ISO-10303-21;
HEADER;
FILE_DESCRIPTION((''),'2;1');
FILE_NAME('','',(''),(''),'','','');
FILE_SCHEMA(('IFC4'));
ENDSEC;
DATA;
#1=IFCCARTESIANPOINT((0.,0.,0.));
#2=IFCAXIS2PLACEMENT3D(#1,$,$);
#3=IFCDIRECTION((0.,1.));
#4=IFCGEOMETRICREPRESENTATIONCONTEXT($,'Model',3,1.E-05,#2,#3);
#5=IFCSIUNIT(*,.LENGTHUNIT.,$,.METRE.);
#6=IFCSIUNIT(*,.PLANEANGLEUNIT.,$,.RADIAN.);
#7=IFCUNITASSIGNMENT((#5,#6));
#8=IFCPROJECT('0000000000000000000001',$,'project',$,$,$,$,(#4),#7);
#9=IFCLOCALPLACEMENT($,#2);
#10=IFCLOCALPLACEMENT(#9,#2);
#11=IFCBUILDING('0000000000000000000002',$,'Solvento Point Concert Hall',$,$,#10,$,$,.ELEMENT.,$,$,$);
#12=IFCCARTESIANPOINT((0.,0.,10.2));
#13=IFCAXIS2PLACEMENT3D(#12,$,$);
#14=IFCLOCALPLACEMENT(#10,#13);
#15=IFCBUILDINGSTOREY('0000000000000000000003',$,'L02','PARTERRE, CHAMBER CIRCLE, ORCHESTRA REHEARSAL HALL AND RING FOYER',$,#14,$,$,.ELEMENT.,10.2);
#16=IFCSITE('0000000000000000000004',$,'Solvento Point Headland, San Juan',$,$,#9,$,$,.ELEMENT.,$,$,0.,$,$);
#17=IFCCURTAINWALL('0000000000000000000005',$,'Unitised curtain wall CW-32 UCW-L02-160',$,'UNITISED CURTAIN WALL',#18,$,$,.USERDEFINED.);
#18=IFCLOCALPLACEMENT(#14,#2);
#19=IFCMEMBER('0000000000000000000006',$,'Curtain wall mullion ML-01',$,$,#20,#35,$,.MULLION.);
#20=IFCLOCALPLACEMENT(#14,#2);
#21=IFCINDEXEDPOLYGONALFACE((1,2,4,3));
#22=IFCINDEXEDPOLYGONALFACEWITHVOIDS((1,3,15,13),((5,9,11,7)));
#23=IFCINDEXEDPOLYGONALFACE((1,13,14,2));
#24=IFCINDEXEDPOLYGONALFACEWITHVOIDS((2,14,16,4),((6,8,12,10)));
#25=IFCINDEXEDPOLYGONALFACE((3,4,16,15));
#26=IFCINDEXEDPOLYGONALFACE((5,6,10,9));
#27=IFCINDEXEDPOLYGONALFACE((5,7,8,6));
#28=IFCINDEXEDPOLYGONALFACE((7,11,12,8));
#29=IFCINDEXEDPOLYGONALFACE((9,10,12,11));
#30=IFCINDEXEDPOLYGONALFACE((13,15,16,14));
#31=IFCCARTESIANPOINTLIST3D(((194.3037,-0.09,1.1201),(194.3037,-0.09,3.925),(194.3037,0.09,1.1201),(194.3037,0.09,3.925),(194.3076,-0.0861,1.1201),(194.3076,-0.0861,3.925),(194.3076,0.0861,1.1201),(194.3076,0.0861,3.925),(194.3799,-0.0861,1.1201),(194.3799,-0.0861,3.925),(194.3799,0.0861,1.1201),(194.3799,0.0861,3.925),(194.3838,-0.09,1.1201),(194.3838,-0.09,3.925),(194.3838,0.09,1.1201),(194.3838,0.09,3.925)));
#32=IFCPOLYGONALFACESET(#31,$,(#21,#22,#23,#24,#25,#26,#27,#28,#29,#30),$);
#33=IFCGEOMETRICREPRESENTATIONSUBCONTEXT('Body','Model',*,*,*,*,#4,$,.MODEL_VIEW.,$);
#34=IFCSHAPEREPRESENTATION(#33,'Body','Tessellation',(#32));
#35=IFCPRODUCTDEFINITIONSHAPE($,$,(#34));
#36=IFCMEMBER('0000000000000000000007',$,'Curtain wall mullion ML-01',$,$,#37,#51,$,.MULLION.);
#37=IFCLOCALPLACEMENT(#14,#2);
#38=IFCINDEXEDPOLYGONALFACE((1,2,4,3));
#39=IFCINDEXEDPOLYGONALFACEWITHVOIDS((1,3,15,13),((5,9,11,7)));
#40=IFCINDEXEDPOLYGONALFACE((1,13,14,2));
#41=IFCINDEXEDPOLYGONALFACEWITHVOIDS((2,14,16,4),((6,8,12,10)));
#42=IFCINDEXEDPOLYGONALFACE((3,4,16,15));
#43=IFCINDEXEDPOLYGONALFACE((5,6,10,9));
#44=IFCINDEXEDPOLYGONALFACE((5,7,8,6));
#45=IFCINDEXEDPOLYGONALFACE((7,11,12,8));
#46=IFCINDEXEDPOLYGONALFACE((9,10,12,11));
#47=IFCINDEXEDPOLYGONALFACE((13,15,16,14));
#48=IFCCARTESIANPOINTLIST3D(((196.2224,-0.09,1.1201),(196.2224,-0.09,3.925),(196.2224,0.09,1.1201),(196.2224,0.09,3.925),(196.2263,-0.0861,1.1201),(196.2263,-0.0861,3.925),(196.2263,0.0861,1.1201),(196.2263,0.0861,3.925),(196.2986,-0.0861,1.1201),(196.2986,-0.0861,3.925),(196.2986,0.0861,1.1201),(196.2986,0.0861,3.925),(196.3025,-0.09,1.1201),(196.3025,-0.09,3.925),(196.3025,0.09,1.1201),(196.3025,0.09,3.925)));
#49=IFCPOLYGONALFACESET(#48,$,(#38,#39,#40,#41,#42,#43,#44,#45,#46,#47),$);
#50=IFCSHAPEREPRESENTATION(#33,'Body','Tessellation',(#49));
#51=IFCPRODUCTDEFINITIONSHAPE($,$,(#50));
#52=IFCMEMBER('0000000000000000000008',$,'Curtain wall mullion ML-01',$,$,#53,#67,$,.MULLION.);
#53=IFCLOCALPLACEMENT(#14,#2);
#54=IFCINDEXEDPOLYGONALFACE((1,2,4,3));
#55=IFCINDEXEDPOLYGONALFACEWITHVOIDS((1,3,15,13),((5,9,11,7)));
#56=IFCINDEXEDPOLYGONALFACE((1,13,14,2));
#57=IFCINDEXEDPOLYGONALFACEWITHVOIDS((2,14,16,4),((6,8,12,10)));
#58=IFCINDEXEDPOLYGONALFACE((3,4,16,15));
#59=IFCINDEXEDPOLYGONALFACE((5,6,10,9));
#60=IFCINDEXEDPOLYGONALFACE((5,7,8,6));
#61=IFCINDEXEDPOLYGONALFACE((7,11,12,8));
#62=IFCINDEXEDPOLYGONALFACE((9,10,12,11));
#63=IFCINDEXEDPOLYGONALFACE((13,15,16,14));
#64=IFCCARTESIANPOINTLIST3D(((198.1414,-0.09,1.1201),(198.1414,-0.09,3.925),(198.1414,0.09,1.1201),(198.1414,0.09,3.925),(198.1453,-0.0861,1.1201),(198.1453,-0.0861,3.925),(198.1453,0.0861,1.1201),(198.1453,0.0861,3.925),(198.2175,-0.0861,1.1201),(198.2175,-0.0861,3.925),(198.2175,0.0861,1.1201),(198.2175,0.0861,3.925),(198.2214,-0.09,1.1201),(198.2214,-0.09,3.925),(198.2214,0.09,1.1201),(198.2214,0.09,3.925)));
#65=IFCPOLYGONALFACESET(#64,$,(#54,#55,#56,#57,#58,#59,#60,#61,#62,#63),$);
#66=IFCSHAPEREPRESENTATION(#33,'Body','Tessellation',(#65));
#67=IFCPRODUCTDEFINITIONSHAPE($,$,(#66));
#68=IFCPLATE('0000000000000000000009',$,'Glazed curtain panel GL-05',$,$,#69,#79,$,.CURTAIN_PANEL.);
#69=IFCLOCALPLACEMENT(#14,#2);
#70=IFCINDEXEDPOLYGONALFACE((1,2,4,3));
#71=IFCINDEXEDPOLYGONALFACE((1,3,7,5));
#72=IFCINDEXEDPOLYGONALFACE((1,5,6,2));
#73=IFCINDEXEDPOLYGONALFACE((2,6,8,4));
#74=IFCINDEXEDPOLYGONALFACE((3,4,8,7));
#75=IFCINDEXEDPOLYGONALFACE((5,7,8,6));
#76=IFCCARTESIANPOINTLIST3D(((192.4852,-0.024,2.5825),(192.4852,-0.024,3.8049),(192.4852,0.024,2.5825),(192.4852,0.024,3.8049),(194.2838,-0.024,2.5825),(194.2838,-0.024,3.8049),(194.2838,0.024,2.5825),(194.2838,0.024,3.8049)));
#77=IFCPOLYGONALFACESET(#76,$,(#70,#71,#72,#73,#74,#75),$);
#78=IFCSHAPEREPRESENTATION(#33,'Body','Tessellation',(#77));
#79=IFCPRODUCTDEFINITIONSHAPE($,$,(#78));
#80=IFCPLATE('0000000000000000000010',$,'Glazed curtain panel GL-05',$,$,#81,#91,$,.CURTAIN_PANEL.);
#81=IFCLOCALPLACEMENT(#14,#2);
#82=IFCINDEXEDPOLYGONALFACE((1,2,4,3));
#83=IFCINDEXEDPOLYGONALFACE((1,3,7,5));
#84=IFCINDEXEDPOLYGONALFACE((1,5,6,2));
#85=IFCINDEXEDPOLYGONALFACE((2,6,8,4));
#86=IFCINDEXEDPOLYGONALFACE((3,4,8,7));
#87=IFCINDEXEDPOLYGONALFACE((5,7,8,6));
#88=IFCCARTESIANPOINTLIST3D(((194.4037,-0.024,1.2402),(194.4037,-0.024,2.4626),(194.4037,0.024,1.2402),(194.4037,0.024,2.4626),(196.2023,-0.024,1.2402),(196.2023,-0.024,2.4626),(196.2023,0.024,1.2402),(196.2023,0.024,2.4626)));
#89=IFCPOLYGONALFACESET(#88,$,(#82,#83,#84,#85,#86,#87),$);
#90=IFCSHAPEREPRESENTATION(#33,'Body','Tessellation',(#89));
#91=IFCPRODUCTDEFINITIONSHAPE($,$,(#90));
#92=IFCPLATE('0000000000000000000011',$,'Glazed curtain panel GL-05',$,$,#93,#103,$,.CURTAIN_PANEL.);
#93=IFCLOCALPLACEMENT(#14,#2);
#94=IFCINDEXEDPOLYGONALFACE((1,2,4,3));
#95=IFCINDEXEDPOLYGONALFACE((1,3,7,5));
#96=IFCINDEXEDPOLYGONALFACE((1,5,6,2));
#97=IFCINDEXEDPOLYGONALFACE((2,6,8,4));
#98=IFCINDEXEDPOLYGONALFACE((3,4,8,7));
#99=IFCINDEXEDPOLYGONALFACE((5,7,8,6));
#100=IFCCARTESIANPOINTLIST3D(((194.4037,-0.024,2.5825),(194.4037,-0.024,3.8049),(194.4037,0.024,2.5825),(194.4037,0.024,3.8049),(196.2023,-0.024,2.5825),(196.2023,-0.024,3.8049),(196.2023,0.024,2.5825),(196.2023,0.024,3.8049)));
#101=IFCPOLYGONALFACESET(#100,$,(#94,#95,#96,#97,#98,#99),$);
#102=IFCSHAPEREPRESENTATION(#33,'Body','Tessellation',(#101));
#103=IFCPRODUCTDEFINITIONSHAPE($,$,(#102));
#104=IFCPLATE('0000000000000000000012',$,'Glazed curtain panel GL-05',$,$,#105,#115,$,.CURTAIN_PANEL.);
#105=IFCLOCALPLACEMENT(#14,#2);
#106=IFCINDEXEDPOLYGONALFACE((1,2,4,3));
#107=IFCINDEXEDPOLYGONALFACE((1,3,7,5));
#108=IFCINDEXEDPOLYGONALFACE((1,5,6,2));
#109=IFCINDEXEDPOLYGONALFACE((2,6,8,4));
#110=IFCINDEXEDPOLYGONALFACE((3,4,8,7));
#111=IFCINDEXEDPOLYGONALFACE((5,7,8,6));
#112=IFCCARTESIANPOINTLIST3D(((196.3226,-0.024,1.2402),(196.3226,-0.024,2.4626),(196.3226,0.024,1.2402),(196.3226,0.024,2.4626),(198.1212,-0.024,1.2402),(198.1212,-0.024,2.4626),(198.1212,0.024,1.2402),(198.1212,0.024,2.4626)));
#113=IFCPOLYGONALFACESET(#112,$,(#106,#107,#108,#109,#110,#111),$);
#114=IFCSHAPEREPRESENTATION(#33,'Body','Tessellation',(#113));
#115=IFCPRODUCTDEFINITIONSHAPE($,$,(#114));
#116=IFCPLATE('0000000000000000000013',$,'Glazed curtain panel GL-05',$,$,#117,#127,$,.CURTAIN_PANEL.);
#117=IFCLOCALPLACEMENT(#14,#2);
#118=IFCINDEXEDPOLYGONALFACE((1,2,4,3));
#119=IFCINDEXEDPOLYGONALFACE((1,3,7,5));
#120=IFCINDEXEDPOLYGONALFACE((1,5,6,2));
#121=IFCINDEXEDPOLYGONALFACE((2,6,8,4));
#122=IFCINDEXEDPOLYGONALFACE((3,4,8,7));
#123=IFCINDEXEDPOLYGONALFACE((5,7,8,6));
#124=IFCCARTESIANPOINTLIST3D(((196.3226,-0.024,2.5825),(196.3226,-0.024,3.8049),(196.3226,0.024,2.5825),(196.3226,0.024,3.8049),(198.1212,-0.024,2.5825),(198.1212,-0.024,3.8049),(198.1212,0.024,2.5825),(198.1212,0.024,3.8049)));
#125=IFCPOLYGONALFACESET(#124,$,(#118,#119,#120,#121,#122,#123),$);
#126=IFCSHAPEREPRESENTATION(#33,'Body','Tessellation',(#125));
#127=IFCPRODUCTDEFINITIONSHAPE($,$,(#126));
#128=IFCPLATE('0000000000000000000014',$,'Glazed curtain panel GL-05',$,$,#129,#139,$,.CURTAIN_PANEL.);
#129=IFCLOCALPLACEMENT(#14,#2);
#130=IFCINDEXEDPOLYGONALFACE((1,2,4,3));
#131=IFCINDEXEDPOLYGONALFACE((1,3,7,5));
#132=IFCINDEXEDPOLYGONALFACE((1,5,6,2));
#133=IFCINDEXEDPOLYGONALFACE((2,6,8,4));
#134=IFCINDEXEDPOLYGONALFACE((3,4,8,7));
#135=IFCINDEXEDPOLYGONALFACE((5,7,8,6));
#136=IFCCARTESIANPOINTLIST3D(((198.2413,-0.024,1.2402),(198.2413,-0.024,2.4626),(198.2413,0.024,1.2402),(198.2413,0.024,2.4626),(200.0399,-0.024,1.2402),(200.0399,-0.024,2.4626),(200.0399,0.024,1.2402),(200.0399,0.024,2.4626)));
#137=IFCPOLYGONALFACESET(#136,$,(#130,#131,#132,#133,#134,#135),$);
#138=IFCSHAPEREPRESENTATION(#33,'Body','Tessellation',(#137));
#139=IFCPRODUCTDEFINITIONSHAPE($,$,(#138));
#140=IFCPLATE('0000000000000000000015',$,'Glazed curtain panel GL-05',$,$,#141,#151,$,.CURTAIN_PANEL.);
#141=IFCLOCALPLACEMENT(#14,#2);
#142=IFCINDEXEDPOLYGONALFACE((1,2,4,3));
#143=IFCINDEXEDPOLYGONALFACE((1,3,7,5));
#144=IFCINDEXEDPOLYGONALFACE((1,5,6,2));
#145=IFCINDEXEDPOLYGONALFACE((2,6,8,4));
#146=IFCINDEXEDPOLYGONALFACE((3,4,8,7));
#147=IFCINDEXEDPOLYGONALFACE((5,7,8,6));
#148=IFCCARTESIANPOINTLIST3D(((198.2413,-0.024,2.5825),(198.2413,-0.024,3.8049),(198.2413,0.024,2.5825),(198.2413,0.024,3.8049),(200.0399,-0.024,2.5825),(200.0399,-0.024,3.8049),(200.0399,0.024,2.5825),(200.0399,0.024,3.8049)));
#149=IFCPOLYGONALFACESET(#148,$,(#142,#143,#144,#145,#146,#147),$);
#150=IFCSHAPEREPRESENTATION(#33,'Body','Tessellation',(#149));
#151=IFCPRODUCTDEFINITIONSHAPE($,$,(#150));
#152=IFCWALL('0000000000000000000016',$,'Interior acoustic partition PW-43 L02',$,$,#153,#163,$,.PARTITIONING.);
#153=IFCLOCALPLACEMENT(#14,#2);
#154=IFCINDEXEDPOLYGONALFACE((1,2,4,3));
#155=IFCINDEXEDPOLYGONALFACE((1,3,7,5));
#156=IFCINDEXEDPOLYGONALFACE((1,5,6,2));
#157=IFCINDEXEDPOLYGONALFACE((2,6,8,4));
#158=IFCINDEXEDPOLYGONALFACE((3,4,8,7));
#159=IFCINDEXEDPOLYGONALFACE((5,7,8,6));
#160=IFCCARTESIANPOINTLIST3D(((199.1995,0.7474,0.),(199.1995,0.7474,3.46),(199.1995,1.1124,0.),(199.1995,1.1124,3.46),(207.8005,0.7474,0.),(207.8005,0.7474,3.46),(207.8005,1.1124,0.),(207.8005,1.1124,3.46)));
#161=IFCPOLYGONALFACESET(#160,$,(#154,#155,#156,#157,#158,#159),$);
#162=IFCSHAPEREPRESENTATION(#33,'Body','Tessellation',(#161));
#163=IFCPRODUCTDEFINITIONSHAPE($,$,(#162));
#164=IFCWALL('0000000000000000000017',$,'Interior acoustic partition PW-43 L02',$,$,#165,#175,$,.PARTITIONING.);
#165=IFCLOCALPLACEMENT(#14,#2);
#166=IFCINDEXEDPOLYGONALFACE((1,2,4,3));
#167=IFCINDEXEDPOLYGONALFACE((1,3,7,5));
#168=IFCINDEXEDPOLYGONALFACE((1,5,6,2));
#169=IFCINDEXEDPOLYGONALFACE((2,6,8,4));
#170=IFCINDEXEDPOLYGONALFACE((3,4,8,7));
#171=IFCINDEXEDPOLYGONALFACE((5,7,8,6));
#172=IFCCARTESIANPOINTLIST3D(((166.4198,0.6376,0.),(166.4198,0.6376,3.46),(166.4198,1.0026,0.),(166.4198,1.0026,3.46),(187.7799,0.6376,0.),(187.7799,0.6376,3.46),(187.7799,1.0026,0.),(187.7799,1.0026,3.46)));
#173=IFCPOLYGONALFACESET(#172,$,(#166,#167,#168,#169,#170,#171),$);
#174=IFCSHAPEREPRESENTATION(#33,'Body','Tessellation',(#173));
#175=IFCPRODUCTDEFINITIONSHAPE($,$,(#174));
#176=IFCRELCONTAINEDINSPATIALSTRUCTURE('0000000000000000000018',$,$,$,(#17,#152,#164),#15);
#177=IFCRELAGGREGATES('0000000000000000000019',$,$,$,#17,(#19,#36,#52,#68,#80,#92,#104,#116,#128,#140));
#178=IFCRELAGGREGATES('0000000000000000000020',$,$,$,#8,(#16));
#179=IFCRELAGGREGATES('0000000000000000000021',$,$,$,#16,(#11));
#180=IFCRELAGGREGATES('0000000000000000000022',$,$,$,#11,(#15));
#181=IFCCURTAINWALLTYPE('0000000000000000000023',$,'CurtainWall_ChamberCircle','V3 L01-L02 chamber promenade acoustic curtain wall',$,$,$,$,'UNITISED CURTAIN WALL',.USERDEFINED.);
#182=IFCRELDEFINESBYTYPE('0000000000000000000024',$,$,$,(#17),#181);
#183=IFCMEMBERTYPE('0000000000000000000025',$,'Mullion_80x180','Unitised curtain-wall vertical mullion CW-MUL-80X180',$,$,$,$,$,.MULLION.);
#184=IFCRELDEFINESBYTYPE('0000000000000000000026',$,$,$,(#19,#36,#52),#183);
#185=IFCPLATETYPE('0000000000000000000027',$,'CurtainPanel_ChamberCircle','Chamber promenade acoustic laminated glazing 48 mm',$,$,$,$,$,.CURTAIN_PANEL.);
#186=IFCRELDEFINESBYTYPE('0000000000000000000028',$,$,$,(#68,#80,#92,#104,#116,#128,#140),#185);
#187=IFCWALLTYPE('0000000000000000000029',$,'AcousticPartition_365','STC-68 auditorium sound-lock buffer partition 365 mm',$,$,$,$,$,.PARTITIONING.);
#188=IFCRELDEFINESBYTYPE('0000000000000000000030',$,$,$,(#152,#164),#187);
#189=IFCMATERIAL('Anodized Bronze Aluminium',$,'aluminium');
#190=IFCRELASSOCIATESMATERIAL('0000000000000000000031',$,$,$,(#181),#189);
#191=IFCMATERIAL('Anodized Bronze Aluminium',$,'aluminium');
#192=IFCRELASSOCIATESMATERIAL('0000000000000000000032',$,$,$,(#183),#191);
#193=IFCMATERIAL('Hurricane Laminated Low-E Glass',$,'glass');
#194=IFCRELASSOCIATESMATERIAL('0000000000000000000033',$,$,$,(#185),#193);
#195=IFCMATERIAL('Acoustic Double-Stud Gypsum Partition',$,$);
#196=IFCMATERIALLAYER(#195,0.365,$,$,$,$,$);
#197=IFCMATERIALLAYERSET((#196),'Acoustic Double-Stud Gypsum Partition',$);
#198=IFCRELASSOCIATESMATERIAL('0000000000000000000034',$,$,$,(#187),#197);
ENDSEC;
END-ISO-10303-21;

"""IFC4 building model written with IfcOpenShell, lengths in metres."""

from ifc_helpers import new_model, si_unit, direction, frame, frame_2d, origin, origin_2d, place, context, subcontext, project, spatial, rectangle, hollow_rectangle, extrude, material, layer, layer_set, material_profile, profile_set, type_object, element, aggregate, save


model = new_model("IFC4")

# Units and contexts
model_context = context("Model", 3, precision=1e-05, world=origin(), true_north=direction((0.0, 1.0)))
body_context = subcontext(model_context, "Body", "Model", "MODEL_VIEW")
ifc_project = project(units=[si_unit("LENGTHUNIT", "METRE"), si_unit("PLANEANGLEUNIT", "RADIAN")], contexts=[model_context])

# Site, building, storey
site_placement = place(None, origin())
site = spatial("IfcSite", under=ifc_project, at=site_placement, Name="Solvento Point Headland, San Juan", CompositionType="ELEMENT", RefElevation=0.0)
building_placement = place(site_placement, origin())
building = spatial("IfcBuilding", under=site, at=building_placement, Name="Solvento Point Concert Hall", CompositionType="ELEMENT")
storey_placement = place(building_placement, frame((0.0, 0.0, 10.2)))
storey = spatial("IfcBuildingStorey", under=building, at=storey_placement, Name="L02", Description="PARTERRE, CHAMBER CIRCLE, ORCHESTRA REHEARSAL HALL AND RING FOYER", CompositionType="ELEMENT", Elevation=10.2)

# Curtain wall, members, plates
ifc_material_1 = material(Name="Anodized Bronze Aluminium", Category="aluminium")
curtain_wall_type = type_object("IfcCurtainWallType", Name="CurtainWall_ChamberCircle", Description="V3 L01-L02 chamber promenade acoustic curtain wall", ElementType="UNITISED CURTAIN WALL", PredefinedType="USERDEFINED", material=ifc_material_1)
curtain_wall_placement = place(storey_placement, origin())
curtain_wall = element("IfcCurtainWall", 1, at=curtain_wall_placement, inside=storey, type_object=curtain_wall_type, Name="Unitised curtain wall CW-32 UCW-L02-160", ObjectType="UNITISED CURTAIN WALL", PredefinedType="USERDEFINED")
ifc_material_2 = material(Name="Anodized Bronze Aluminium", Category="aluminium")
ifc_material_profile_1 = material_profile(ifc_material_2, hollow_rectangle(XDim=0.0801, YDim=0.1799, WallThickness=0.0039, at=origin_2d()), Name="CW-MUL-80X180")
ifc_profile_set_1 = profile_set([ifc_material_profile_1], Name="Anodized Bronze Aluminium")
member_type = type_object("IfcMemberType", Name="Mullion_80x180", Description="Unitised curtain-wall vertical mullion CW-MUL-80X180", PredefinedType="MULLION", material=ifc_profile_set_1)
member_1_placement = place(storey_placement, frame((194.3438, 0.0, 1.1201), z_axis=(0.0, 0.0, 1.0), x_axis=(1.0, 0.0, 0.0)))
member_1 = element("IfcMember", 2, at=member_1_placement, type_object=member_type, Name="Curtain wall mullion ML-01", PredefinedType="MULLION", context=body_context, shape_type="SweptSolid", body=[
    extrude(hollow_rectangle(XDim=0.0801, YDim=0.1799, WallThickness=0.0039, at=origin_2d()), origin(), (0.0, 0.0, 1.0), 2.8049),
])
member_2_placement = place(storey_placement, frame((196.2625, 0.0, 1.1201), z_axis=(0.0, 0.0, 1.0), x_axis=(1.0, 0.0, 0.0)))
member_2 = element("IfcMember", 3, at=member_2_placement, type_object=member_type, Name="Curtain wall mullion ML-01", PredefinedType="MULLION", context=body_context, shape_type="SweptSolid", body=[
    extrude(hollow_rectangle(XDim=0.0801, YDim=0.1799, WallThickness=0.0039, at=origin_2d()), origin(), (0.0, 0.0, 1.0), 2.8049),
])
member_3_placement = place(storey_placement, frame((198.1814, 0.0, 1.1201), z_axis=(0.0, 0.0, 1.0), x_axis=(1.0, 0.0, 0.0)))
member_3 = element("IfcMember", 4, at=member_3_placement, type_object=member_type, Name="Curtain wall mullion ML-01", PredefinedType="MULLION", context=body_context, shape_type="SweptSolid", body=[
    extrude(hollow_rectangle(XDim=0.0801, YDim=0.1799, WallThickness=0.0039, at=origin_2d()), origin(), (0.0, 0.0, 1.0), 2.8049),
])
ifc_material_3 = material(Name="Hurricane Laminated Low-E Glass", Category="glass")
plate_type = type_object("IfcPlateType", Name="CurtainPanel_ChamberCircle", Description="Chamber promenade acoustic laminated glazing 48 mm", PredefinedType="CURTAIN_PANEL", material=ifc_material_3)
plate_1_placement = place(storey_placement, frame((193.3845, 0.0, 2.5825), z_axis=(0.0, 0.0, 1.0), x_axis=(1.0, 0.0, 0.0)))
plate_1 = element("IfcPlate", 5, at=plate_1_placement, type_object=plate_type, Name="Glazed curtain panel GL-05", PredefinedType="CURTAIN_PANEL", context=body_context, shape_type="SweptSolid", body=[
    extrude(rectangle(XDim=1.7986, YDim=0.0481, at=origin_2d()), origin(), (0.0, 0.0, 1.0), 1.2224),
])
plate_2_placement = place(storey_placement, frame((195.303, 0.0, 1.2402), z_axis=(0.0, 0.0, 1.0), x_axis=(1.0, 0.0, 0.0)))
plate_2 = element("IfcPlate", 6, at=plate_2_placement, type_object=plate_type, Name="Glazed curtain panel GL-05", PredefinedType="CURTAIN_PANEL", context=body_context, shape_type="SweptSolid", body=[
    extrude(rectangle(XDim=1.7986, YDim=0.0481, at=origin_2d()), origin(), (0.0, 0.0, 1.0), 1.2224),
])
plate_3_placement = place(storey_placement, frame((195.303, 0.0, 2.5825), z_axis=(0.0, 0.0, 1.0), x_axis=(1.0, 0.0, 0.0)))
plate_3 = element("IfcPlate", 7, at=plate_3_placement, type_object=plate_type, Name="Glazed curtain panel GL-05", PredefinedType="CURTAIN_PANEL", context=body_context, shape_type="SweptSolid", body=[
    extrude(rectangle(XDim=1.7986, YDim=0.0481, at=origin_2d()), origin(), (0.0, 0.0, 1.0), 1.2224),
])
plate_4_placement = place(storey_placement, frame((197.2219, 0.0, 1.2402), z_axis=(0.0, 0.0, 1.0), x_axis=(1.0, 0.0, 0.0)))
plate_4 = element("IfcPlate", 8, at=plate_4_placement, type_object=plate_type, Name="Glazed curtain panel GL-05", PredefinedType="CURTAIN_PANEL", context=body_context, shape_type="SweptSolid", body=[
    extrude(rectangle(XDim=1.7986, YDim=0.0481, at=origin_2d()), origin(), (0.0, 0.0, 1.0), 1.2224),
])
plate_5_placement = place(storey_placement, frame((197.2219, 0.0, 2.5825), z_axis=(0.0, 0.0, 1.0), x_axis=(1.0, 0.0, 0.0)))
plate_5 = element("IfcPlate", 9, at=plate_5_placement, type_object=plate_type, Name="Glazed curtain panel GL-05", PredefinedType="CURTAIN_PANEL", context=body_context, shape_type="SweptSolid", body=[
    extrude(rectangle(XDim=1.7986, YDim=0.0481, at=origin_2d()), origin(), (0.0, 0.0, 1.0), 1.2224),
])
plate_6_placement = place(storey_placement, frame((199.1406, 0.0, 1.2402), z_axis=(0.0, 0.0, 1.0), x_axis=(1.0, 0.0, 0.0)))
plate_6 = element("IfcPlate", 10, at=plate_6_placement, type_object=plate_type, Name="Glazed curtain panel GL-05", PredefinedType="CURTAIN_PANEL", context=body_context, shape_type="SweptSolid", body=[
    extrude(rectangle(XDim=1.7986, YDim=0.0481, at=origin_2d()), origin(), (0.0, 0.0, 1.0), 1.2224),
])
plate_7_placement = place(storey_placement, frame((199.1406, 0.0, 2.5825), z_axis=(0.0, 0.0, 1.0), x_axis=(1.0, 0.0, 0.0)))
plate_7 = element("IfcPlate", 11, at=plate_7_placement, type_object=plate_type, Name="Glazed curtain panel GL-05", PredefinedType="CURTAIN_PANEL", context=body_context, shape_type="SweptSolid", body=[
    extrude(rectangle(XDim=1.7986, YDim=0.0481, at=origin_2d()), origin(), (0.0, 0.0, 1.0), 1.2224),
])
aggregate(curtain_wall, [member_1, member_2, member_3, plate_1, plate_2, plate_3, plate_4, plate_5, plate_6, plate_7])

# Shared definitions
ifc_material_4 = material(Name="Acoustic Double-Stud Gypsum Partition")
ifc_layer_1 = layer(ifc_material_4, 0.365)
ifc_layer_set_1 = layer_set([ifc_layer_1], Name="Acoustic Double-Stud Gypsum Partition")
wall_type_1 = type_object("IfcWallType", Name="AcousticPartition_365", Description="STC-68 auditorium sound-lock buffer partition 365 mm", PredefinedType="PARTITIONING", material=ifc_layer_set_1)

# Walls
wall_1_placement = place(storey_placement, frame((199.1995, 0.9299, 0.0), z_axis=(0.0, 0.0, 1.0), x_axis=(1.0, 0.0, 0.0)))
element("IfcWall", 12, at=wall_1_placement, inside=storey, type_object=wall_type_1, Name="Interior acoustic partition PW-43 L02", PredefinedType="PARTITIONING", context=body_context, shape_type="SweptSolid", body=[
    extrude(rectangle(XDim=8.6011, YDim=0.365, at=frame_2d((4.3005, 0.0))), origin(), (0.0, 0.0, 1.0), 3.46),
])
wall_2_placement = place(storey_placement, frame((187.78, 0.8201, 0.0), z_axis=(0.0, 0.0, 1.0), x_axis=(-1.0, 0.0, 0.0)))
element("IfcWall", 13, at=wall_2_placement, inside=storey, type_object=wall_type_1, Name="Interior acoustic partition PW-43 L02", PredefinedType="PARTITIONING", context=body_context, shape_type="SweptSolid", body=[
    extrude(rectangle(XDim=21.3601, YDim=0.365, at=frame_2d((10.6802, 0.0))), origin(), (0.0, 0.0, 1.0), 3.46),
])

save(model, "model.ifc")
